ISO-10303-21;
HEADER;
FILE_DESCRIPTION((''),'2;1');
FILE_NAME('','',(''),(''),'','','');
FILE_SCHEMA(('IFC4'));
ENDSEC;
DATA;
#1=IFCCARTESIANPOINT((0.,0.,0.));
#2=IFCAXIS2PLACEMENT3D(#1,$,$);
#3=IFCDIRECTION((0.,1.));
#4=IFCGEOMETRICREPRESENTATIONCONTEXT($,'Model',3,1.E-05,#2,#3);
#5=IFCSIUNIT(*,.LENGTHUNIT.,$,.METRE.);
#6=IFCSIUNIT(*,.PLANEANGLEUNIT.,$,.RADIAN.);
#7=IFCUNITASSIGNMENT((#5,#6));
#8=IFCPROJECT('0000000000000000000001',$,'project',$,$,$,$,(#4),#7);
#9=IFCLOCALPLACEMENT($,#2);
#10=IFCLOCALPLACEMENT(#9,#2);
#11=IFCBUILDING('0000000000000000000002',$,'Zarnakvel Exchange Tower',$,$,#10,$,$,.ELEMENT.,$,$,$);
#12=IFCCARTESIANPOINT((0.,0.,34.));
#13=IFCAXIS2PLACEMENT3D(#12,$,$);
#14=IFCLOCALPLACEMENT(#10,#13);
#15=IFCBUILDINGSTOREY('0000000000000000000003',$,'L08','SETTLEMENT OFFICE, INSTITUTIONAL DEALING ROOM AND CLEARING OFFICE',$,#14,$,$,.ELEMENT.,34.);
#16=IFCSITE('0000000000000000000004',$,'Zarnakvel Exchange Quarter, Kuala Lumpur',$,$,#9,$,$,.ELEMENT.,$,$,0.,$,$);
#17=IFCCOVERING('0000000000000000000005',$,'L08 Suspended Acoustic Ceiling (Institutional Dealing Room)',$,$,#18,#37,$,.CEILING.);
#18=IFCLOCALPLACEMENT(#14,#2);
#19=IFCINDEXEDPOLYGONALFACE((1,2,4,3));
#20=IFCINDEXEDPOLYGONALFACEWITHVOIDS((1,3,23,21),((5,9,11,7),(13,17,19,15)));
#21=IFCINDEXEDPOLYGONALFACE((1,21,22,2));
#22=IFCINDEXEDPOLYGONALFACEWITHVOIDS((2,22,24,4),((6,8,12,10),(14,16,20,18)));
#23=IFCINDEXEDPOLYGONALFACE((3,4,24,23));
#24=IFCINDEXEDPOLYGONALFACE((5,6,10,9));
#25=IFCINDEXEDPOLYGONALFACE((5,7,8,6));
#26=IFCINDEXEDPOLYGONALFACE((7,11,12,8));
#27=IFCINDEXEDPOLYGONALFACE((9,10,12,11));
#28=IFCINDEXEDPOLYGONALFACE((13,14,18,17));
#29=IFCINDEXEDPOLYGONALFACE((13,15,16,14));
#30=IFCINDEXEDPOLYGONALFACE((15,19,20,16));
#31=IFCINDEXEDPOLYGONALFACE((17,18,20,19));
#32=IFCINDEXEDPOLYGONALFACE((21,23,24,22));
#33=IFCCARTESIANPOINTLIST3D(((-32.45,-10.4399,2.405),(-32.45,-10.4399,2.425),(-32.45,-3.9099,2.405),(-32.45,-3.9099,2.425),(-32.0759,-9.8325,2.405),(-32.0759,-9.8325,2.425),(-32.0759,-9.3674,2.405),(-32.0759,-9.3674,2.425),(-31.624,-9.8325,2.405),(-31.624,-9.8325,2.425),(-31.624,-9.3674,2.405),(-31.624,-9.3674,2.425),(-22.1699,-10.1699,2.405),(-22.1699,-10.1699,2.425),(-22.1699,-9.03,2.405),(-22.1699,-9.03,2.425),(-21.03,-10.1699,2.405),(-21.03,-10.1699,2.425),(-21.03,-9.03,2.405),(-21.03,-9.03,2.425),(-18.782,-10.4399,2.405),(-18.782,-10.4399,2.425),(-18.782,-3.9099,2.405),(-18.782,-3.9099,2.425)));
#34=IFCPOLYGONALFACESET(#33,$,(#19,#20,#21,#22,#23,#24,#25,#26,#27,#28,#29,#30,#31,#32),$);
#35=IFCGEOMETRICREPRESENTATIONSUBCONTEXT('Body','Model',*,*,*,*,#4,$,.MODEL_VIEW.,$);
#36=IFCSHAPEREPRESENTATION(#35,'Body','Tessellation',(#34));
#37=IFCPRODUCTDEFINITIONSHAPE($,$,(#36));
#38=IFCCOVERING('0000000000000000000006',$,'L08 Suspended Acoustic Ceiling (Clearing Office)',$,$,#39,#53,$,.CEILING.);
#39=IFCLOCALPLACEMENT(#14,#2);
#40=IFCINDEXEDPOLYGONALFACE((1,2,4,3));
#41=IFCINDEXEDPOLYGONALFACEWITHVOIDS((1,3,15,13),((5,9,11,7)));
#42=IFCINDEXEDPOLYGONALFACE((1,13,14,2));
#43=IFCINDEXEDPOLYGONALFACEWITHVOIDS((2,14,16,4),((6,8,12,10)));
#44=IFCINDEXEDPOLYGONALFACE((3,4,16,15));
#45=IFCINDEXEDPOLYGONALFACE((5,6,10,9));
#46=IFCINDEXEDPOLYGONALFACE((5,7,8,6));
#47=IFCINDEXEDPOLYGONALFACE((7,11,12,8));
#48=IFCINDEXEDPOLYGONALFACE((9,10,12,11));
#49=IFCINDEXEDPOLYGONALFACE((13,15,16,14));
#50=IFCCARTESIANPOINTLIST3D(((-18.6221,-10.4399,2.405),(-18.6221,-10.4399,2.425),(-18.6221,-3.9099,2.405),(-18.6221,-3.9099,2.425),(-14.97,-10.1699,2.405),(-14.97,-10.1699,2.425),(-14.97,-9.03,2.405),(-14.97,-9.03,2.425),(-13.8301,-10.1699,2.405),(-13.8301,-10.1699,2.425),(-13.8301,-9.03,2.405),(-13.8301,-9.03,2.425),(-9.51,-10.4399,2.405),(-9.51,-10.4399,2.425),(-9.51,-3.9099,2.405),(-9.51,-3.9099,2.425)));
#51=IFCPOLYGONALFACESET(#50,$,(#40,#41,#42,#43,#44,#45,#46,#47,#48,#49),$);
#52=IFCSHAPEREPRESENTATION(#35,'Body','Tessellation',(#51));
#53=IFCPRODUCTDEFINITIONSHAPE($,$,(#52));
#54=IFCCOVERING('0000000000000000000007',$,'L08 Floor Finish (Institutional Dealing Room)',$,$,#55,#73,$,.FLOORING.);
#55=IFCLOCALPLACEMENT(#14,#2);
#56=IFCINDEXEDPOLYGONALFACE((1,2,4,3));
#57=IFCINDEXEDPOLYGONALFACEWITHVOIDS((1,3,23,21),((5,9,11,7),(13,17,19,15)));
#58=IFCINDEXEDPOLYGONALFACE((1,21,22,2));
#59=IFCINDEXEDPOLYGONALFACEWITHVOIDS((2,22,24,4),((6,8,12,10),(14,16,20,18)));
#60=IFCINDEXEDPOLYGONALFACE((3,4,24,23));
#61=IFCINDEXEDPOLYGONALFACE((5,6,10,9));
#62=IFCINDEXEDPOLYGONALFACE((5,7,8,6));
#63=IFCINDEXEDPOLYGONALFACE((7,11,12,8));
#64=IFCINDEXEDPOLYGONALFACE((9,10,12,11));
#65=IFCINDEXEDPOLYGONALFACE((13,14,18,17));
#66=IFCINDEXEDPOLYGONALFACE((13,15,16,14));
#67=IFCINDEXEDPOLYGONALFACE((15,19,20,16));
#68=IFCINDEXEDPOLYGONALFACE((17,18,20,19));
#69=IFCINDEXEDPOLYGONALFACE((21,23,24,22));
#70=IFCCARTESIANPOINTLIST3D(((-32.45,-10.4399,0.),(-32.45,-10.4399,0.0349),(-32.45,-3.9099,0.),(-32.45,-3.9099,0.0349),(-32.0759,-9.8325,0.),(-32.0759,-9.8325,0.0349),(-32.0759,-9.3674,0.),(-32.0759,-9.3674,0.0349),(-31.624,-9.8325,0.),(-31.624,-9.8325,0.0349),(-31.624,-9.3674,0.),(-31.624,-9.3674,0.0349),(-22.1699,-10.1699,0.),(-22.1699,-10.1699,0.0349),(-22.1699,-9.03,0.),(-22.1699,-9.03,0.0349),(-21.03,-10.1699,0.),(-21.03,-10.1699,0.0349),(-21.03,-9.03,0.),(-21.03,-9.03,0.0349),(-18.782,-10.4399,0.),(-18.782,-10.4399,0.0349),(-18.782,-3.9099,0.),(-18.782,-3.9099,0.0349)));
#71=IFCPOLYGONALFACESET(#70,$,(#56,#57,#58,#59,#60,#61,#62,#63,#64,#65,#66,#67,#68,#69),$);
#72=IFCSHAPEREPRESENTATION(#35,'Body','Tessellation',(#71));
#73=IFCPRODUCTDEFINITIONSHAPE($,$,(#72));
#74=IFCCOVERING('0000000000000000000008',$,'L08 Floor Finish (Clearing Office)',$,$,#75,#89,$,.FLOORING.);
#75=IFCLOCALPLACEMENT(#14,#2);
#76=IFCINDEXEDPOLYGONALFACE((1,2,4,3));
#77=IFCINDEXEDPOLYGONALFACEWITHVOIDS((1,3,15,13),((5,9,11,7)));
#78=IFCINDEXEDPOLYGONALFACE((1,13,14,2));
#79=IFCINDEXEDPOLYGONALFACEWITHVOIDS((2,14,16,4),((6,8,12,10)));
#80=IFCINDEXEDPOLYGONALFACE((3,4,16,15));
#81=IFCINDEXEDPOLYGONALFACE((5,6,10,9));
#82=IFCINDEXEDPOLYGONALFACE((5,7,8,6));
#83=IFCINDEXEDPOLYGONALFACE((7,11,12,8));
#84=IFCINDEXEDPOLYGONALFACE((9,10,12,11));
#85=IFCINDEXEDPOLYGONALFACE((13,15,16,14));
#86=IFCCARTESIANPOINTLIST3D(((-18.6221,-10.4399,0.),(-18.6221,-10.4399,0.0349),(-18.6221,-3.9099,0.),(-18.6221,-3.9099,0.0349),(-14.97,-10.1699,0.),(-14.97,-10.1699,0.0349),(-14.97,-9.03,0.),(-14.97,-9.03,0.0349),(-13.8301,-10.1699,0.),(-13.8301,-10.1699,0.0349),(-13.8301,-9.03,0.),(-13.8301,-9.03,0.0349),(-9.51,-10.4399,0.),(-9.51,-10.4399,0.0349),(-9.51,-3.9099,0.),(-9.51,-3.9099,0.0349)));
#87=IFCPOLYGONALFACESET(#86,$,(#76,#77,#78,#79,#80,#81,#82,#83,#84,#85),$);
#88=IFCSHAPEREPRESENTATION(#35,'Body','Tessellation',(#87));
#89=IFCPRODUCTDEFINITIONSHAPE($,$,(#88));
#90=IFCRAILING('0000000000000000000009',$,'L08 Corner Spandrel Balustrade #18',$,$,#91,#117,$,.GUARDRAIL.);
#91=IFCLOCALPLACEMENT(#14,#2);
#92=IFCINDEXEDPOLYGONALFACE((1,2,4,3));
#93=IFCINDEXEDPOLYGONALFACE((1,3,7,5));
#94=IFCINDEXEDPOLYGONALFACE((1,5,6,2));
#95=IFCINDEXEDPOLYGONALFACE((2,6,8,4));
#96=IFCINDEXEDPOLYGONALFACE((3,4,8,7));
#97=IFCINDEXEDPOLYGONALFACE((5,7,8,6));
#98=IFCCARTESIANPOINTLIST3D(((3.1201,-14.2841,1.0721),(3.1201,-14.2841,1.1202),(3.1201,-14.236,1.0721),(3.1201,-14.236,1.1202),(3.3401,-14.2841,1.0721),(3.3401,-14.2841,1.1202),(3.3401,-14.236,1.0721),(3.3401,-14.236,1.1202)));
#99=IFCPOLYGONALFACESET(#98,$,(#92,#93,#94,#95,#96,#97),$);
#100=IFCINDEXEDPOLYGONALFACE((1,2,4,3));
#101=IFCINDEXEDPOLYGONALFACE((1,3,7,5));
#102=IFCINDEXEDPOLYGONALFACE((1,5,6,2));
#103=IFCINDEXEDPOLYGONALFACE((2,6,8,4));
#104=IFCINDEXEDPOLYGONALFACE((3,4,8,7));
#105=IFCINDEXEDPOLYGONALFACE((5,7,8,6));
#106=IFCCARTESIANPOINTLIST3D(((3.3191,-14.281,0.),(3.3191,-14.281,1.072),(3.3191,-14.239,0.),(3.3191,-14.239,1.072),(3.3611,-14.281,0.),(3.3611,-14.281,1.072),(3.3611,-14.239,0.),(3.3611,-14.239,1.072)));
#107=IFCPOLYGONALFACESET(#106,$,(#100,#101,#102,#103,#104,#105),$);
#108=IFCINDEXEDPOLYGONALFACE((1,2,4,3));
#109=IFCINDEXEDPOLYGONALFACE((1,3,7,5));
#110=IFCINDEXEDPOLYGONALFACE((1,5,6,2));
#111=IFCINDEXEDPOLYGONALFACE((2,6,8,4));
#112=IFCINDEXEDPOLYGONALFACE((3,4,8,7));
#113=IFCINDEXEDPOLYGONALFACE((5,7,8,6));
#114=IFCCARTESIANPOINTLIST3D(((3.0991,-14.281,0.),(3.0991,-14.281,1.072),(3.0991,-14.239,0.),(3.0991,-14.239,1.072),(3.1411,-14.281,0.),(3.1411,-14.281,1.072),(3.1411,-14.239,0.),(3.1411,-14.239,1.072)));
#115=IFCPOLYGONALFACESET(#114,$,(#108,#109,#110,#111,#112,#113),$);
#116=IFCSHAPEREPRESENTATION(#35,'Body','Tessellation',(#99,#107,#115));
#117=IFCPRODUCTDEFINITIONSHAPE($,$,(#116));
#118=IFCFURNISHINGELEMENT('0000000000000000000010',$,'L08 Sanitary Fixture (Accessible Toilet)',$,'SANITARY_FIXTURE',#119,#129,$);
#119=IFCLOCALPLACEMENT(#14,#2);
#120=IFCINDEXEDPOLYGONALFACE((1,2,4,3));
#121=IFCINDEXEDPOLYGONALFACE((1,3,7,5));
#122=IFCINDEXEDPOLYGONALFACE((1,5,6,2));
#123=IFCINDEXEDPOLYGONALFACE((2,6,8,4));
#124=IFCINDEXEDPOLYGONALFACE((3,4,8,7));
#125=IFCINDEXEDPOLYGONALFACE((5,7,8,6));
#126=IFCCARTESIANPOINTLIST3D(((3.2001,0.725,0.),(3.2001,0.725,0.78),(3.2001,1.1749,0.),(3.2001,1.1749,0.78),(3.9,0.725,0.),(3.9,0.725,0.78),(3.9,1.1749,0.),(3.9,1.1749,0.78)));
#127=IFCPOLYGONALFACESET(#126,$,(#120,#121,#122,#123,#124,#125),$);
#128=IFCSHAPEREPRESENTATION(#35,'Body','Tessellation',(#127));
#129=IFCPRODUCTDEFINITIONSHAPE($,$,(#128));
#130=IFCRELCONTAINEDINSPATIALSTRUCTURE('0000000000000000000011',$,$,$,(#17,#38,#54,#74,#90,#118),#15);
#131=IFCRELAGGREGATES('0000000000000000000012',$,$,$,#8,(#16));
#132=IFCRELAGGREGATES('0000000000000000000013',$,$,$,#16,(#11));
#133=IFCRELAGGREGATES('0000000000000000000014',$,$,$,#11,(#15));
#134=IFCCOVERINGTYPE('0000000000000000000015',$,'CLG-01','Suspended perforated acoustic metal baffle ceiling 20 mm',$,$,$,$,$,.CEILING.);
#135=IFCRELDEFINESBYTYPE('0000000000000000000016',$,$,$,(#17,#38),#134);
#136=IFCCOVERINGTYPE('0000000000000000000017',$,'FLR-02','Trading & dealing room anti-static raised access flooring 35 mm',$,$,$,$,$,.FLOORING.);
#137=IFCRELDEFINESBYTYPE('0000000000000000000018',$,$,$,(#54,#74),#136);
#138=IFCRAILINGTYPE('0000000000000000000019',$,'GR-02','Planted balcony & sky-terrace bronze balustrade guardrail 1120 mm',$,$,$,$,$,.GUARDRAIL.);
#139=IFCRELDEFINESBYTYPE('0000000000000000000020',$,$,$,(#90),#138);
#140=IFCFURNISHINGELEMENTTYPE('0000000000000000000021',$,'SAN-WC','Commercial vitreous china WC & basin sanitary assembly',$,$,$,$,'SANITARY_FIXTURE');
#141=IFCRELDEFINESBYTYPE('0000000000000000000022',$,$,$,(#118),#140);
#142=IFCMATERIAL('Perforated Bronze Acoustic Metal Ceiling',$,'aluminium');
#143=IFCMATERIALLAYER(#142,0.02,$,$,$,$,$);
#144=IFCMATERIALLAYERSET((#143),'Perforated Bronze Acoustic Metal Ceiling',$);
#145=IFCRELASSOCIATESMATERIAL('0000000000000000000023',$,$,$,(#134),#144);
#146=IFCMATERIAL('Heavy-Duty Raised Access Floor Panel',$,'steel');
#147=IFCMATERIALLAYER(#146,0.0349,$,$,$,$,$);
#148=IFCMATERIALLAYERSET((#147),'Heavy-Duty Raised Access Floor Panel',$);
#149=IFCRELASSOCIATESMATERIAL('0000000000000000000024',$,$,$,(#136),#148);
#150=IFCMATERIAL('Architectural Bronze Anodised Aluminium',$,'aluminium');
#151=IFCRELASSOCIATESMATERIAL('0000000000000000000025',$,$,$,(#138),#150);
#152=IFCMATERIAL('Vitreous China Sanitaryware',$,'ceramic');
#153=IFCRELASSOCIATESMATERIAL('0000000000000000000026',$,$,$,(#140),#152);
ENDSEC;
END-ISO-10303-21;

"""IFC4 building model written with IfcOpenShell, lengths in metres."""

from ifc_helpers import new_model, si_unit, direction, frame, origin, origin_2d, place, context, subcontext, project, spatial, polyline, rectangle, outline, extrude, source, transform, mapped, material, layer, layer_set, type_object, element, save


model = new_model("IFC4")

# Units and contexts
model_context = context("Model", 3, precision=1e-05, world=origin(), true_north=direction((0.0, 1.0)))
body_context = subcontext(model_context, "Body", "Model", "MODEL_VIEW")
ifc_project = project(units=[si_unit("LENGTHUNIT", "METRE"), si_unit("PLANEANGLEUNIT", "RADIAN")], contexts=[model_context])

# Site, building, storey
site_placement = place(None, origin())
site = spatial("IfcSite", under=ifc_project, at=site_placement, Name="Zarnakvel Exchange Quarter, Kuala Lumpur", CompositionType="ELEMENT", RefElevation=0.0)
building_placement = place(site_placement, origin())
building = spatial("IfcBuilding", under=site, at=building_placement, Name="Zarnakvel Exchange Tower", CompositionType="ELEMENT")
storey_placement = place(building_placement, frame((0.0, 0.0, 34.0)))
storey = spatial("IfcBuildingStorey", under=building, at=storey_placement, Name="L08", Description="SETTLEMENT OFFICE, INSTITUTIONAL DEALING ROOM AND CLEARING OFFICE", CompositionType="ELEMENT", Elevation=34.0)

# Coverings
ifc_material_1 = material(Name="Perforated Bronze Acoustic Metal Ceiling", Category="aluminium")
ifc_layer_1 = layer(ifc_material_1, 0.02)
ifc_layer_set_1 = layer_set([ifc_layer_1], Name="Perforated Bronze Acoustic Metal Ceiling")
covering_type_1 = type_object("IfcCoveringType", Name="CLG-01", Description="Suspended perforated acoustic metal baffle ceiling 20 mm", PredefinedType="CEILING", material=ifc_layer_set_1)
covering_1_placement = place(storey_placement, frame((0.0, 0.0, 2.405)))
element("IfcCovering", 1, at=covering_1_placement, inside=storey, type_object=covering_type_1, Name="L08 Suspended Acoustic Ceiling (Institutional Dealing Room)", PredefinedType="CEILING", context=body_context, shape_type="SweptSolid", body=[
    extrude(outline(polyline([(-32.45, -3.9099), (-18.782, -3.9099), (-18.782, -10.4399), (-32.45, -10.4399), (-32.45, -3.9099)]), holes=[polyline([(-21.03, -10.1699), (-21.03, -9.03), (-22.1699, -9.03), (-22.1699, -10.1699), (-21.03, -10.1699)]), polyline([(-32.0759, -9.8325), (-31.624, -9.8325), (-31.624, -9.3674), (-32.0759, -9.3674), (-32.0759, -9.8325)])]), origin(), (0.0, 0.0, 1.0), 0.02),
])
covering_2_placement = place(storey_placement, frame((0.0, 0.0, 2.405)))
element("IfcCovering", 2, at=covering_2_placement, inside=storey, type_object=covering_type_1, Name="L08 Suspended Acoustic Ceiling (Clearing Office)", PredefinedType="CEILING", context=body_context, shape_type="SweptSolid", body=[
    extrude(outline(polyline([(-18.6221, -3.9099), (-9.51, -3.9099), (-9.51, -10.4399), (-18.6221, -10.4399), (-18.6221, -3.9099)]), holes=[polyline([(-13.8301, -10.1699), (-13.8301, -9.03), (-14.97, -9.03), (-14.97, -10.1699), (-13.8301, -10.1699)])]), origin(), (0.0, 0.0, 1.0), 0.02),
])
ifc_material_2 = material(Name="Heavy-Duty Raised Access Floor Panel", Category="steel")
ifc_layer_2 = layer(ifc_material_2, 0.0349)
ifc_layer_set_2 = layer_set([ifc_layer_2], Name="Heavy-Duty Raised Access Floor Panel")
covering_type_2 = type_object("IfcCoveringType", Name="FLR-02", Description="Trading & dealing room anti-static raised access flooring 35 mm", PredefinedType="FLOORING", material=ifc_layer_set_2)
covering_3_placement = place(storey_placement, origin())
element("IfcCovering", 3, at=covering_3_placement, inside=storey, type_object=covering_type_2, Name="L08 Floor Finish (Institutional Dealing Room)", PredefinedType="FLOORING", context=body_context, shape_type="SweptSolid", body=[
    extrude(outline(polyline([(-32.45, -3.9099), (-18.782, -3.9099), (-18.782, -10.4399), (-32.45, -10.4399), (-32.45, -3.9099)]), holes=[polyline([(-21.03, -10.1699), (-21.03, -9.03), (-22.1699, -9.03), (-22.1699, -10.1699), (-21.03, -10.1699)]), polyline([(-32.0759, -9.8325), (-31.624, -9.8325), (-31.624, -9.3674), (-32.0759, -9.3674), (-32.0759, -9.8325)])]), origin(), (0.0, 0.0, 1.0), 0.0349),
])
covering_4_placement = place(storey_placement, origin())
element("IfcCovering", 4, at=covering_4_placement, inside=storey, type_object=covering_type_2, Name="L08 Floor Finish (Clearing Office)", PredefinedType="FLOORING", context=body_context, shape_type="SweptSolid", body=[
    extrude(outline(polyline([(-18.6221, -3.9099), (-9.51, -3.9099), (-9.51, -10.4399), (-18.6221, -10.4399), (-18.6221, -3.9099)]), holes=[polyline([(-13.8301, -10.1699), (-13.8301, -9.03), (-14.97, -9.03), (-14.97, -10.1699), (-13.8301, -10.1699)])]), origin(), (0.0, 0.0, 1.0), 0.0349),
])

# Railing
ifc_material_3 = material(Name="Architectural Bronze Anodised Aluminium", Category="aluminium")
railing_type = type_object("IfcRailingType", Name="GR-02", Description="Planted balcony & sky-terrace bronze balustrade guardrail 1120 mm", PredefinedType="GUARDRAIL", material=ifc_material_3)
railing_placement = place(storey_placement, frame((3.3401, -14.26, 0.0)))
element("IfcRailing", 5, at=railing_placement, inside=storey, type_object=railing_type, Name="L08 Corner Spandrel Balustrade #18", PredefinedType="GUARDRAIL", context=body_context, shape_type="SweptSolid", body=[
    extrude(rectangle(XDim=0.0481, YDim=0.0481, at=origin_2d()), frame((0.0, 0.0, 1.0962), z_axis=(-1.0, 0.0, 0.0), x_axis=(0.0, -1.0, 0.0)), (0.0, 0.0, 1.0), 0.22),
    extrude(rectangle(XDim=0.042, YDim=0.042, at=origin_2d()), origin(), (0.0, 0.0, 1.0), 1.072),
    extrude(rectangle(XDim=0.042, YDim=0.042, at=origin_2d()), frame((-0.22, 0.0, 0.0)), (0.0, 0.0, 1.0), 1.072),
])

# Furnishing element
ifc_material_4 = material(Name="Vitreous China Sanitaryware", Category="ceramic")
furnishing_element_type = type_object("IfcFurnishingElementType", Name="SAN-WC", Description="Commercial vitreous china WC & basin sanitary assembly", ElementType="SANITARY_FIXTURE", material=ifc_material_4)
shared_shape_1 = source(origin(), body_context, "Body", "SweptSolid", [
    extrude(rectangle(XDim=0.7, YDim=0.45, at=origin_2d()), origin(), (0.0, 0.0, 1.0), 0.78),
])
furnishing_placement = place(storey_placement, frame((3.55, 0.95, 0.0), z_axis=(0.0, 0.0, 1.0), x_axis=(1.0, 0.0, 0.0)))
element("IfcFurnishingElement", 6, at=furnishing_placement, inside=storey, type_object=furnishing_element_type, Name="L08 Sanitary Fixture (Accessible Toilet)", ObjectType="SANITARY_FIXTURE", context=body_context, shape_type="MappedRepresentation", body=[
    mapped(shared_shape_1, transform((0.0, 0.0, 0.0), x_axis=(1.0, 0.0, 0.0), y_axis=(0.0, 1.0, 0.0), z_axis=(0.0, 0.0, 1.0), scale=1.0)),
])

save(model, "model.ifc")
